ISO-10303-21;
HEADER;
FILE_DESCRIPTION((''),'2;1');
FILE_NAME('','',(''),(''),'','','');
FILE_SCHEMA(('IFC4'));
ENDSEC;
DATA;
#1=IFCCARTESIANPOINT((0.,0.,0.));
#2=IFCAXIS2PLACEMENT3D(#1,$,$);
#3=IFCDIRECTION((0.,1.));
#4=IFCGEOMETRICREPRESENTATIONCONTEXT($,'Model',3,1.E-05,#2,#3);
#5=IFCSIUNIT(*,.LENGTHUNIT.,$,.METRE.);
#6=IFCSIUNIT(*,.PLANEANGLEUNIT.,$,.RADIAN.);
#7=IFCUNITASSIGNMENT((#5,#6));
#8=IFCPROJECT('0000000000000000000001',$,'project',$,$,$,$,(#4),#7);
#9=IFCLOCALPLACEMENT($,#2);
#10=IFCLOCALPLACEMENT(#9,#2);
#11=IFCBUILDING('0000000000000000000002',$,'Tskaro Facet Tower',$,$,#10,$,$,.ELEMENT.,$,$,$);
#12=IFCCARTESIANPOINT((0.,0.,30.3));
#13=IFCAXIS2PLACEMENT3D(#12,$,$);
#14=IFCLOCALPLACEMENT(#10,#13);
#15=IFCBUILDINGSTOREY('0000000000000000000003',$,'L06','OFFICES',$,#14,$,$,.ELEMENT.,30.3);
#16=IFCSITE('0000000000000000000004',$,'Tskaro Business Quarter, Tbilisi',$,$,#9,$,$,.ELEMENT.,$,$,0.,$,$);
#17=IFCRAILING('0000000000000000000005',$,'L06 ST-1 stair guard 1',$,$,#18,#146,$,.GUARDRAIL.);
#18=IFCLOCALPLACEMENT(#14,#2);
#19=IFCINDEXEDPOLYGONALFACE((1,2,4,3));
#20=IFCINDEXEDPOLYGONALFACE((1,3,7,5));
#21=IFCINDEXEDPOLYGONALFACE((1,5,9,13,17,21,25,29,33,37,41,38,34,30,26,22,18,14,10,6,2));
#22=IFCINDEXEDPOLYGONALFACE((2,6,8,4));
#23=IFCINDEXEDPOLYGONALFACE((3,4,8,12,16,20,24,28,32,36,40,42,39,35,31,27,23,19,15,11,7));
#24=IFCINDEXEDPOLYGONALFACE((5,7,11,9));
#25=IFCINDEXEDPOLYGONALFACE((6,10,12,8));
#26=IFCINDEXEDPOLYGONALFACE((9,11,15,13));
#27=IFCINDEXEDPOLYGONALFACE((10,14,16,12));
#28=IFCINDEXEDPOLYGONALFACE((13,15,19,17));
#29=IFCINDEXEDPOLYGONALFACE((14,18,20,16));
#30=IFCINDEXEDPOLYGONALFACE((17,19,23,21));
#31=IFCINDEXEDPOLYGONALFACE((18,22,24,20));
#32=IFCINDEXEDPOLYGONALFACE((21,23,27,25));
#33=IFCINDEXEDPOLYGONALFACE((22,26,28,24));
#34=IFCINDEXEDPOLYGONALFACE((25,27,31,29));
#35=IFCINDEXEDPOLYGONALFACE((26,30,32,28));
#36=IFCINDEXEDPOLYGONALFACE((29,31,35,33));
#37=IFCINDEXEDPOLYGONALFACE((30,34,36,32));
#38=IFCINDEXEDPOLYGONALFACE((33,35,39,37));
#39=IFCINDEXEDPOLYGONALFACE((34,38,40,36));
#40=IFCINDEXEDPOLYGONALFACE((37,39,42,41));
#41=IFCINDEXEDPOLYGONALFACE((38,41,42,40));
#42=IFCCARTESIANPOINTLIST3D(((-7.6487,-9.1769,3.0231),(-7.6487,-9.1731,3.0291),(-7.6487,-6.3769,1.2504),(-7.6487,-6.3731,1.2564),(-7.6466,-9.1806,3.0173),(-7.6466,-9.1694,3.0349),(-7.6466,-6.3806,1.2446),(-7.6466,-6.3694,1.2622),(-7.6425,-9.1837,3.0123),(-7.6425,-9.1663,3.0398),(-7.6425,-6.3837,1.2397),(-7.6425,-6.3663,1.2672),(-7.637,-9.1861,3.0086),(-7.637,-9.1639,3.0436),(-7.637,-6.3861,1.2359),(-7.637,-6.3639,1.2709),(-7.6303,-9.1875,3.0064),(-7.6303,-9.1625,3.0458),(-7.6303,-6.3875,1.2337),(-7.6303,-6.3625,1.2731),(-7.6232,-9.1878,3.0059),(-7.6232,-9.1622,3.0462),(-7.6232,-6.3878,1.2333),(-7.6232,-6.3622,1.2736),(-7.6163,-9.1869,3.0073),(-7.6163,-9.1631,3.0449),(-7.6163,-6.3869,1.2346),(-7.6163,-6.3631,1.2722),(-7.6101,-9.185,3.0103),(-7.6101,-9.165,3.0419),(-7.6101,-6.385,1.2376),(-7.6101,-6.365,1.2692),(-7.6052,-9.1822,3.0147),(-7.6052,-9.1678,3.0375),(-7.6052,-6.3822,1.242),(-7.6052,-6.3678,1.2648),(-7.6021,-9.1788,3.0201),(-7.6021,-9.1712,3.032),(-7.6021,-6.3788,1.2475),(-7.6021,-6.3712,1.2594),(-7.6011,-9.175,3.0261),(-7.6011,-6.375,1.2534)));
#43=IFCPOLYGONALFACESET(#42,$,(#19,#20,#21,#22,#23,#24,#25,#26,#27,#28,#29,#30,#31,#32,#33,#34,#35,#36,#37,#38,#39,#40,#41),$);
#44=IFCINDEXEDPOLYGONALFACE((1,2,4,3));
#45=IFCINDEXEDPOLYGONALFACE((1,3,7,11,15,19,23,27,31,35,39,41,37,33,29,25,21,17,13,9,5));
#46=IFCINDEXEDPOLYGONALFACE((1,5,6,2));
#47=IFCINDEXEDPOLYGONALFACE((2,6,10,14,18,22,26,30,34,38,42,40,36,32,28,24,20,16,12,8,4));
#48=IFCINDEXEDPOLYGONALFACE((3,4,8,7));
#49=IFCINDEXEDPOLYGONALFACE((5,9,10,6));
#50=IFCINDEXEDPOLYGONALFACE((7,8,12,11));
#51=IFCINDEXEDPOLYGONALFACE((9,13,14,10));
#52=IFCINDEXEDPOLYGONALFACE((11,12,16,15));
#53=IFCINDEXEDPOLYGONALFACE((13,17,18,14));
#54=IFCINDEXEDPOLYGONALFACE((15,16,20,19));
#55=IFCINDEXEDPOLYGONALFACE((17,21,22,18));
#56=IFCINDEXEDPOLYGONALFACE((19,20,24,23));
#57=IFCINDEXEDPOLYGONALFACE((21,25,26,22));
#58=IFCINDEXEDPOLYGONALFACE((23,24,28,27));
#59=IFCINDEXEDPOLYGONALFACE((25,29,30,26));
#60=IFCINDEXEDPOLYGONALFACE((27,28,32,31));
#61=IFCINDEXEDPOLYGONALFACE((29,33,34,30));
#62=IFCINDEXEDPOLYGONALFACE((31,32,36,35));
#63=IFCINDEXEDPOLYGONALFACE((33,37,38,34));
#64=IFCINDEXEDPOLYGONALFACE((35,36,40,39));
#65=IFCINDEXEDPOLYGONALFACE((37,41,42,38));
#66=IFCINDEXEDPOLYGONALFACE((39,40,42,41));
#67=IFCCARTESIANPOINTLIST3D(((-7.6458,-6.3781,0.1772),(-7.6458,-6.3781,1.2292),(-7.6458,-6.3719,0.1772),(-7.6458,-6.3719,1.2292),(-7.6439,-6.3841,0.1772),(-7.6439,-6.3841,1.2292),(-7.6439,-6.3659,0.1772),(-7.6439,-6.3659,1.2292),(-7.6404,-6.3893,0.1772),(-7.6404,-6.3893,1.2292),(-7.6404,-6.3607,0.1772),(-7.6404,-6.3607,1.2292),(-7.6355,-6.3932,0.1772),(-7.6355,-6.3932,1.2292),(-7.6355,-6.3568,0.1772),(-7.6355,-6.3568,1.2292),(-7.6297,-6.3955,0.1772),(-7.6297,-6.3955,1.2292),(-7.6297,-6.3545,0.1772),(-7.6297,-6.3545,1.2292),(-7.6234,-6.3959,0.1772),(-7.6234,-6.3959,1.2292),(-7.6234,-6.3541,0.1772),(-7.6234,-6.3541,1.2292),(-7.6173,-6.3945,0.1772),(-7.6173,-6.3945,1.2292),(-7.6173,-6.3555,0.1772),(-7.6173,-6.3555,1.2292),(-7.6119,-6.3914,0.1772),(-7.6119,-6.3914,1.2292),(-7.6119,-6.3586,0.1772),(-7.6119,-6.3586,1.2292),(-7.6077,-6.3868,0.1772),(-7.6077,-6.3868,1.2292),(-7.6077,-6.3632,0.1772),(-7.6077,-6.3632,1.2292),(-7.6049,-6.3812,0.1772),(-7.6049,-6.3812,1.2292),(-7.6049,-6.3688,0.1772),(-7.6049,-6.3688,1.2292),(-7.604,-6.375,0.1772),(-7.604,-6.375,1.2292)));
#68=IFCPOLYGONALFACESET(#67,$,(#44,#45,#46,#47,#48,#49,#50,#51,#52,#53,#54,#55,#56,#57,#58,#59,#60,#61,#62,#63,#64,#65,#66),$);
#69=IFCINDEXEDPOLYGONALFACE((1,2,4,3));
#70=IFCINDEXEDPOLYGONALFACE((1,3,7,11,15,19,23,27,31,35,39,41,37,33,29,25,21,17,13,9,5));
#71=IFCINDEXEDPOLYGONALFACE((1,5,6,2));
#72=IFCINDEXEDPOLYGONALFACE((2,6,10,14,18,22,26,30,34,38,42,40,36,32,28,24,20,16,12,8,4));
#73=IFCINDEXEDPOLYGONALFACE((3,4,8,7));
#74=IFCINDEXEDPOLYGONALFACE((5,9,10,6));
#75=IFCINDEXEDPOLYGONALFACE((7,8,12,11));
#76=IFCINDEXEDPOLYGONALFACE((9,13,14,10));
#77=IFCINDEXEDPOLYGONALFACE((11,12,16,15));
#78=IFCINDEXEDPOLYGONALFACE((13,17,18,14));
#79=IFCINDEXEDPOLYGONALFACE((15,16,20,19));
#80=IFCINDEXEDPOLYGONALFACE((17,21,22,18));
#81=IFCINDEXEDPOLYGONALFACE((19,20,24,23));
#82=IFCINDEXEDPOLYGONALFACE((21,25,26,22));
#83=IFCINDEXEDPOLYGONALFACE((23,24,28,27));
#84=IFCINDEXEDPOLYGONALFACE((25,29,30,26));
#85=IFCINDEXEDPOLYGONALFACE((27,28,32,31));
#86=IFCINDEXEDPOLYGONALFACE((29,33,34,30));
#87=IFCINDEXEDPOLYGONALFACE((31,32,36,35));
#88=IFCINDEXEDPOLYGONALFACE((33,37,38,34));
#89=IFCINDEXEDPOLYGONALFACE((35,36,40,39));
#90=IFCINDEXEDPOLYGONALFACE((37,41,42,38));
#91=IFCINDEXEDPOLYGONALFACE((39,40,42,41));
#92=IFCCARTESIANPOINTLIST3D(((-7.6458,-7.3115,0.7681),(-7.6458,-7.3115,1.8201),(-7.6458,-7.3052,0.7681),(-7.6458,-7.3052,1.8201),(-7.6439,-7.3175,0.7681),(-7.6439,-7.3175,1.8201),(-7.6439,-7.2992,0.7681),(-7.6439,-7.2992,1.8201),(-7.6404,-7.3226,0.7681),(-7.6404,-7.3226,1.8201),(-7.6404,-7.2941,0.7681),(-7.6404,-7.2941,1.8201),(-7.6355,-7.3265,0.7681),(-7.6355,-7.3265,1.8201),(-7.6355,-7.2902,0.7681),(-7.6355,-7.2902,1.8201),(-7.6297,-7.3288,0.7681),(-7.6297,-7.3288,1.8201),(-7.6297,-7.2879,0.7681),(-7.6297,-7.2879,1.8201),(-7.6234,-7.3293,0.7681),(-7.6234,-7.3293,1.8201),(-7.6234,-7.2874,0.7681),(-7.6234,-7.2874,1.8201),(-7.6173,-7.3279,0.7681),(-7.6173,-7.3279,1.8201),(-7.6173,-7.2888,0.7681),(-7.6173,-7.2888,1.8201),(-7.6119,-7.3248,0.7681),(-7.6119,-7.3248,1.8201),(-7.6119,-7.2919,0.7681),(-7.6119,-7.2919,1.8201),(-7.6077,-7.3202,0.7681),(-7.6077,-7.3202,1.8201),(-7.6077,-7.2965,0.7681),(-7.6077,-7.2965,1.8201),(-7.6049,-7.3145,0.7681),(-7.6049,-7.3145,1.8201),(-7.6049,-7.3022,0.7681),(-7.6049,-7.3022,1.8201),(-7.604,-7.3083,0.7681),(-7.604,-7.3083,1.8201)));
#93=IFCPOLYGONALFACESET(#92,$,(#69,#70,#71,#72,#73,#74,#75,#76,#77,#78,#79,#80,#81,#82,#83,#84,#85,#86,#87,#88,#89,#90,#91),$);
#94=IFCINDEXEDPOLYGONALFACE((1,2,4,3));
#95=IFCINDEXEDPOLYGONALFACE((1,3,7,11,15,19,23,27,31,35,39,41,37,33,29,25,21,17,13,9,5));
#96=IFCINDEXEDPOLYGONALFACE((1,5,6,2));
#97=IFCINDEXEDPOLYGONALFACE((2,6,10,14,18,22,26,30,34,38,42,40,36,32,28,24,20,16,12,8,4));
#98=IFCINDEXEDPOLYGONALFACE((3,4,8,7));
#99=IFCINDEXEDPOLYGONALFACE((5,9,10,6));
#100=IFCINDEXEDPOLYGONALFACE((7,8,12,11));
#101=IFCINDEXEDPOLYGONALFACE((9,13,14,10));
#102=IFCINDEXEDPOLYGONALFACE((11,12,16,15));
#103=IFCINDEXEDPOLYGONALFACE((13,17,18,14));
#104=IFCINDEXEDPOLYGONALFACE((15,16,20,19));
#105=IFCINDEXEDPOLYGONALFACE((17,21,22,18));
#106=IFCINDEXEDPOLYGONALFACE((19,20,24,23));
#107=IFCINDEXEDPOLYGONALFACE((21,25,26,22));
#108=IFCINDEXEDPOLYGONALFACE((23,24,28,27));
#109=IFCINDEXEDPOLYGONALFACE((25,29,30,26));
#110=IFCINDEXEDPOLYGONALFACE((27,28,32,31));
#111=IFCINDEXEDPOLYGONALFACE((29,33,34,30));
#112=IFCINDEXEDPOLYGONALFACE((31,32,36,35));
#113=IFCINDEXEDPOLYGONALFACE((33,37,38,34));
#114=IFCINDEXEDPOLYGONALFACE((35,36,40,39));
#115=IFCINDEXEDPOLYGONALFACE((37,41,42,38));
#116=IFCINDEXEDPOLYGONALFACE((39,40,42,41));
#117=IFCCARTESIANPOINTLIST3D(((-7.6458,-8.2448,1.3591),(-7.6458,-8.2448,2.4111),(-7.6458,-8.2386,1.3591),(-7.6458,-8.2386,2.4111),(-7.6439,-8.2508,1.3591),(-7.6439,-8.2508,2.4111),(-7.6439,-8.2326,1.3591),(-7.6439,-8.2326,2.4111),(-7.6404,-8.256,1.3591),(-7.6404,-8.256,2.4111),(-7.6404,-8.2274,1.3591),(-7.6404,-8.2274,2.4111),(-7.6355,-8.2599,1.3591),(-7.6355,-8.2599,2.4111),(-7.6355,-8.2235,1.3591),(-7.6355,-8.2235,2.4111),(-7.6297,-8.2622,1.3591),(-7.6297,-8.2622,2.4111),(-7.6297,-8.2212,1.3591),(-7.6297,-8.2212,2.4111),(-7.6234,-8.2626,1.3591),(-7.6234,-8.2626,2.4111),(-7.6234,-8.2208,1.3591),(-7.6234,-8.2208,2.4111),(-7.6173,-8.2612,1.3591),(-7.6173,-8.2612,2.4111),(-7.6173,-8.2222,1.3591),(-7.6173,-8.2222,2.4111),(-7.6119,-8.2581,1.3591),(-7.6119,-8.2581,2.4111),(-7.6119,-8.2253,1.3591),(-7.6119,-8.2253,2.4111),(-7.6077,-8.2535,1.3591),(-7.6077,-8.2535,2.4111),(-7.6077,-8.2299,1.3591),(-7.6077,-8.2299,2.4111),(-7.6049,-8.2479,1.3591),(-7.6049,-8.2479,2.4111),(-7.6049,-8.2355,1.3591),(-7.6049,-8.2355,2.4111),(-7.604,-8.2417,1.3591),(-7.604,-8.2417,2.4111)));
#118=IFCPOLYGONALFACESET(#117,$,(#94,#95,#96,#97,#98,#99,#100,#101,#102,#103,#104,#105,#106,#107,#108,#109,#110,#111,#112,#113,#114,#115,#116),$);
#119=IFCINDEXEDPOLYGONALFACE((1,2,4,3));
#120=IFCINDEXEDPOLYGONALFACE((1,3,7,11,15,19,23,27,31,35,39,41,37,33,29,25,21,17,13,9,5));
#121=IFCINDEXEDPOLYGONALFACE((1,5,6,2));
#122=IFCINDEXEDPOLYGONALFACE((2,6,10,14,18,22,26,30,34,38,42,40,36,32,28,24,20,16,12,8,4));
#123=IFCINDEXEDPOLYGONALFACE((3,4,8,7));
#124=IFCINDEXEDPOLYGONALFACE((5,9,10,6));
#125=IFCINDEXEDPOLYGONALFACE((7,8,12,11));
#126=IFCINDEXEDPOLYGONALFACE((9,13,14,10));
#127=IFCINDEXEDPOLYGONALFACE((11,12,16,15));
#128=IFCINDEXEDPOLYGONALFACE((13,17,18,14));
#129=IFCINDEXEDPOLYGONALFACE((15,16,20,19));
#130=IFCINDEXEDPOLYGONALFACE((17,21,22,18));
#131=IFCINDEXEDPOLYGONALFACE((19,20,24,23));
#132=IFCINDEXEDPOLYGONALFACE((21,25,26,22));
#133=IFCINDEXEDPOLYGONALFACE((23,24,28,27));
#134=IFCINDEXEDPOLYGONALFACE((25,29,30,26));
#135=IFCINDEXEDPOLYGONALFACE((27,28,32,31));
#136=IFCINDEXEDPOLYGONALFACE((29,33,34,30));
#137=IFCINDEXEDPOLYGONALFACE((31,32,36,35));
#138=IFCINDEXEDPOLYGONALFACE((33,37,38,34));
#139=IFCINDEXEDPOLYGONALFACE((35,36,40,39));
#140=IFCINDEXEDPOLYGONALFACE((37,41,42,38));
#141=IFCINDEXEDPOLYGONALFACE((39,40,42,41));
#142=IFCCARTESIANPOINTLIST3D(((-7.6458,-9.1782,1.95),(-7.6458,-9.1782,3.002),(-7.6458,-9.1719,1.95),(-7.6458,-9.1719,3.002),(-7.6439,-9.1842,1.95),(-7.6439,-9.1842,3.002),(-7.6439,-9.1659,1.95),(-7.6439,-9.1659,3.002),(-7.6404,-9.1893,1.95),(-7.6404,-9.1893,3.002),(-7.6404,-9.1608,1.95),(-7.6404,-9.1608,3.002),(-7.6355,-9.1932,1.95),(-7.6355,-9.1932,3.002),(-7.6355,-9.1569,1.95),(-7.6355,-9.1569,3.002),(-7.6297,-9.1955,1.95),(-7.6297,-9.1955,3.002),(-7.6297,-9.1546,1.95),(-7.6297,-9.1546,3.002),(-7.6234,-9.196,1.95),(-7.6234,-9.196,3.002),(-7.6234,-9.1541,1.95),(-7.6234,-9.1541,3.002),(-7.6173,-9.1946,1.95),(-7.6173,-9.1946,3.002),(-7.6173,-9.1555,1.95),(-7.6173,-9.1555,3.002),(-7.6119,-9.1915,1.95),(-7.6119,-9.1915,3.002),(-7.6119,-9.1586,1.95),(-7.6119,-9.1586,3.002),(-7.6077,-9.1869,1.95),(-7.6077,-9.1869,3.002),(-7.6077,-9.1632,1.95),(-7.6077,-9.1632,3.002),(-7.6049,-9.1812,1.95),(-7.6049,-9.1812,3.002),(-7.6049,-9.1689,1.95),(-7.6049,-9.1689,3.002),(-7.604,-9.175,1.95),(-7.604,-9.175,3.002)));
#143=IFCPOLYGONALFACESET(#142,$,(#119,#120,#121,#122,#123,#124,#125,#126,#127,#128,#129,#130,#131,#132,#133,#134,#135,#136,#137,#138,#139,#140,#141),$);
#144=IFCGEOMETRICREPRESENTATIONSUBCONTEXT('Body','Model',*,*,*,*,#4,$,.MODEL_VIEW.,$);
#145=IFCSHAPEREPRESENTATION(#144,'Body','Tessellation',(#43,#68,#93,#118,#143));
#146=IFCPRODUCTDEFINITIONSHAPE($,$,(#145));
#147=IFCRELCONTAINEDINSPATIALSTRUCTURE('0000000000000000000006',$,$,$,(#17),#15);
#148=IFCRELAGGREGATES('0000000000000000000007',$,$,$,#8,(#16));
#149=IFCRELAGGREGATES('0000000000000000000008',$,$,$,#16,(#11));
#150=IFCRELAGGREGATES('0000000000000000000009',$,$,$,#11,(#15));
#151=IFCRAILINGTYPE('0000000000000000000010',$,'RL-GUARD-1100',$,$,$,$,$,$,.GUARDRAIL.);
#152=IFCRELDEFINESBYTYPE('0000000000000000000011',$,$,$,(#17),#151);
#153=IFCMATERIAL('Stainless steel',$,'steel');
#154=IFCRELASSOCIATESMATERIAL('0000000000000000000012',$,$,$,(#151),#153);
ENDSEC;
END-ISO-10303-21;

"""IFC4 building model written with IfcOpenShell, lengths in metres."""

from ifc_helpers import new_model, si_unit, direction, frame, origin, origin_2d, place, context, subcontext, project, spatial, circle, extrude, material, type_object, element, save


model = new_model("IFC4")

# Units and contexts
model_context = context("Model", 3, precision=1e-05, world=origin(), true_north=direction((0.0, 1.0)))
body_context = subcontext(model_context, "Body", "Model", "MODEL_VIEW")
ifc_project = project(units=[si_unit("LENGTHUNIT", "METRE"), si_unit("PLANEANGLEUNIT", "RADIAN")], contexts=[model_context])

# Site, building, storey
site_placement = place(None, origin())
site = spatial("IfcSite", under=ifc_project, at=site_placement, Name="Tskaro Business Quarter, Tbilisi", CompositionType="ELEMENT", RefElevation=0.0)
building_placement = place(site_placement, origin())
building = spatial("IfcBuilding", under=site, at=building_placement, Name="Tskaro Facet Tower", CompositionType="ELEMENT")
storey_placement = place(building_placement, frame((0.0, 0.0, 30.3)))
storey = spatial("IfcBuildingStorey", under=building, at=storey_placement, Name="L06", Description="OFFICES", CompositionType="ELEMENT", Elevation=30.3)

# Shared definitions
ifc_material_1 = material(Name="Stainless steel", Category="steel")

# Railing
railing_type_1 = type_object("IfcRailingType", Name="RL-GUARD-1100", PredefinedType="GUARDRAIL", material=ifc_material_1)
railing_1_placement = place(storey_placement, frame((-7.625, -6.375, 0.1772)))
element("IfcRailing", 1, at=railing_1_placement, inside=storey, type_object=railing_type_1, Name="L06 ST-1 stair guard 1", PredefinedType="GUARDRAIL", context=body_context, shape_type="SweptSolid", body=[
    extrude(circle(Radius=0.0239, at=origin_2d()), frame((0.0, 0.0, 1.0762), z_axis=(0.0, -0.844909, 0.53491), x_axis=(1.0, 0.0, 0.0)), (0.0, 0.0, 1.0), 3.314),
    extrude(circle(Radius=0.021, at=origin_2d()), origin(), (0.0, 0.0, 1.0), 1.052),
    extrude(circle(Radius=0.021, at=origin_2d()), frame((0.0, -0.9333, 0.5908)), (0.0, 0.0, 1.0), 1.052),
    extrude(circle(Radius=0.021, at=origin_2d()), frame((0.0, -1.8667, 1.1819)), (0.0, 0.0, 1.0), 1.052),
    extrude(circle(Radius=0.021, at=origin_2d()), frame((0.0, -2.8, 1.7727)), (0.0, 0.0, 1.0), 1.052),
])

save(model, "model.ifc")
